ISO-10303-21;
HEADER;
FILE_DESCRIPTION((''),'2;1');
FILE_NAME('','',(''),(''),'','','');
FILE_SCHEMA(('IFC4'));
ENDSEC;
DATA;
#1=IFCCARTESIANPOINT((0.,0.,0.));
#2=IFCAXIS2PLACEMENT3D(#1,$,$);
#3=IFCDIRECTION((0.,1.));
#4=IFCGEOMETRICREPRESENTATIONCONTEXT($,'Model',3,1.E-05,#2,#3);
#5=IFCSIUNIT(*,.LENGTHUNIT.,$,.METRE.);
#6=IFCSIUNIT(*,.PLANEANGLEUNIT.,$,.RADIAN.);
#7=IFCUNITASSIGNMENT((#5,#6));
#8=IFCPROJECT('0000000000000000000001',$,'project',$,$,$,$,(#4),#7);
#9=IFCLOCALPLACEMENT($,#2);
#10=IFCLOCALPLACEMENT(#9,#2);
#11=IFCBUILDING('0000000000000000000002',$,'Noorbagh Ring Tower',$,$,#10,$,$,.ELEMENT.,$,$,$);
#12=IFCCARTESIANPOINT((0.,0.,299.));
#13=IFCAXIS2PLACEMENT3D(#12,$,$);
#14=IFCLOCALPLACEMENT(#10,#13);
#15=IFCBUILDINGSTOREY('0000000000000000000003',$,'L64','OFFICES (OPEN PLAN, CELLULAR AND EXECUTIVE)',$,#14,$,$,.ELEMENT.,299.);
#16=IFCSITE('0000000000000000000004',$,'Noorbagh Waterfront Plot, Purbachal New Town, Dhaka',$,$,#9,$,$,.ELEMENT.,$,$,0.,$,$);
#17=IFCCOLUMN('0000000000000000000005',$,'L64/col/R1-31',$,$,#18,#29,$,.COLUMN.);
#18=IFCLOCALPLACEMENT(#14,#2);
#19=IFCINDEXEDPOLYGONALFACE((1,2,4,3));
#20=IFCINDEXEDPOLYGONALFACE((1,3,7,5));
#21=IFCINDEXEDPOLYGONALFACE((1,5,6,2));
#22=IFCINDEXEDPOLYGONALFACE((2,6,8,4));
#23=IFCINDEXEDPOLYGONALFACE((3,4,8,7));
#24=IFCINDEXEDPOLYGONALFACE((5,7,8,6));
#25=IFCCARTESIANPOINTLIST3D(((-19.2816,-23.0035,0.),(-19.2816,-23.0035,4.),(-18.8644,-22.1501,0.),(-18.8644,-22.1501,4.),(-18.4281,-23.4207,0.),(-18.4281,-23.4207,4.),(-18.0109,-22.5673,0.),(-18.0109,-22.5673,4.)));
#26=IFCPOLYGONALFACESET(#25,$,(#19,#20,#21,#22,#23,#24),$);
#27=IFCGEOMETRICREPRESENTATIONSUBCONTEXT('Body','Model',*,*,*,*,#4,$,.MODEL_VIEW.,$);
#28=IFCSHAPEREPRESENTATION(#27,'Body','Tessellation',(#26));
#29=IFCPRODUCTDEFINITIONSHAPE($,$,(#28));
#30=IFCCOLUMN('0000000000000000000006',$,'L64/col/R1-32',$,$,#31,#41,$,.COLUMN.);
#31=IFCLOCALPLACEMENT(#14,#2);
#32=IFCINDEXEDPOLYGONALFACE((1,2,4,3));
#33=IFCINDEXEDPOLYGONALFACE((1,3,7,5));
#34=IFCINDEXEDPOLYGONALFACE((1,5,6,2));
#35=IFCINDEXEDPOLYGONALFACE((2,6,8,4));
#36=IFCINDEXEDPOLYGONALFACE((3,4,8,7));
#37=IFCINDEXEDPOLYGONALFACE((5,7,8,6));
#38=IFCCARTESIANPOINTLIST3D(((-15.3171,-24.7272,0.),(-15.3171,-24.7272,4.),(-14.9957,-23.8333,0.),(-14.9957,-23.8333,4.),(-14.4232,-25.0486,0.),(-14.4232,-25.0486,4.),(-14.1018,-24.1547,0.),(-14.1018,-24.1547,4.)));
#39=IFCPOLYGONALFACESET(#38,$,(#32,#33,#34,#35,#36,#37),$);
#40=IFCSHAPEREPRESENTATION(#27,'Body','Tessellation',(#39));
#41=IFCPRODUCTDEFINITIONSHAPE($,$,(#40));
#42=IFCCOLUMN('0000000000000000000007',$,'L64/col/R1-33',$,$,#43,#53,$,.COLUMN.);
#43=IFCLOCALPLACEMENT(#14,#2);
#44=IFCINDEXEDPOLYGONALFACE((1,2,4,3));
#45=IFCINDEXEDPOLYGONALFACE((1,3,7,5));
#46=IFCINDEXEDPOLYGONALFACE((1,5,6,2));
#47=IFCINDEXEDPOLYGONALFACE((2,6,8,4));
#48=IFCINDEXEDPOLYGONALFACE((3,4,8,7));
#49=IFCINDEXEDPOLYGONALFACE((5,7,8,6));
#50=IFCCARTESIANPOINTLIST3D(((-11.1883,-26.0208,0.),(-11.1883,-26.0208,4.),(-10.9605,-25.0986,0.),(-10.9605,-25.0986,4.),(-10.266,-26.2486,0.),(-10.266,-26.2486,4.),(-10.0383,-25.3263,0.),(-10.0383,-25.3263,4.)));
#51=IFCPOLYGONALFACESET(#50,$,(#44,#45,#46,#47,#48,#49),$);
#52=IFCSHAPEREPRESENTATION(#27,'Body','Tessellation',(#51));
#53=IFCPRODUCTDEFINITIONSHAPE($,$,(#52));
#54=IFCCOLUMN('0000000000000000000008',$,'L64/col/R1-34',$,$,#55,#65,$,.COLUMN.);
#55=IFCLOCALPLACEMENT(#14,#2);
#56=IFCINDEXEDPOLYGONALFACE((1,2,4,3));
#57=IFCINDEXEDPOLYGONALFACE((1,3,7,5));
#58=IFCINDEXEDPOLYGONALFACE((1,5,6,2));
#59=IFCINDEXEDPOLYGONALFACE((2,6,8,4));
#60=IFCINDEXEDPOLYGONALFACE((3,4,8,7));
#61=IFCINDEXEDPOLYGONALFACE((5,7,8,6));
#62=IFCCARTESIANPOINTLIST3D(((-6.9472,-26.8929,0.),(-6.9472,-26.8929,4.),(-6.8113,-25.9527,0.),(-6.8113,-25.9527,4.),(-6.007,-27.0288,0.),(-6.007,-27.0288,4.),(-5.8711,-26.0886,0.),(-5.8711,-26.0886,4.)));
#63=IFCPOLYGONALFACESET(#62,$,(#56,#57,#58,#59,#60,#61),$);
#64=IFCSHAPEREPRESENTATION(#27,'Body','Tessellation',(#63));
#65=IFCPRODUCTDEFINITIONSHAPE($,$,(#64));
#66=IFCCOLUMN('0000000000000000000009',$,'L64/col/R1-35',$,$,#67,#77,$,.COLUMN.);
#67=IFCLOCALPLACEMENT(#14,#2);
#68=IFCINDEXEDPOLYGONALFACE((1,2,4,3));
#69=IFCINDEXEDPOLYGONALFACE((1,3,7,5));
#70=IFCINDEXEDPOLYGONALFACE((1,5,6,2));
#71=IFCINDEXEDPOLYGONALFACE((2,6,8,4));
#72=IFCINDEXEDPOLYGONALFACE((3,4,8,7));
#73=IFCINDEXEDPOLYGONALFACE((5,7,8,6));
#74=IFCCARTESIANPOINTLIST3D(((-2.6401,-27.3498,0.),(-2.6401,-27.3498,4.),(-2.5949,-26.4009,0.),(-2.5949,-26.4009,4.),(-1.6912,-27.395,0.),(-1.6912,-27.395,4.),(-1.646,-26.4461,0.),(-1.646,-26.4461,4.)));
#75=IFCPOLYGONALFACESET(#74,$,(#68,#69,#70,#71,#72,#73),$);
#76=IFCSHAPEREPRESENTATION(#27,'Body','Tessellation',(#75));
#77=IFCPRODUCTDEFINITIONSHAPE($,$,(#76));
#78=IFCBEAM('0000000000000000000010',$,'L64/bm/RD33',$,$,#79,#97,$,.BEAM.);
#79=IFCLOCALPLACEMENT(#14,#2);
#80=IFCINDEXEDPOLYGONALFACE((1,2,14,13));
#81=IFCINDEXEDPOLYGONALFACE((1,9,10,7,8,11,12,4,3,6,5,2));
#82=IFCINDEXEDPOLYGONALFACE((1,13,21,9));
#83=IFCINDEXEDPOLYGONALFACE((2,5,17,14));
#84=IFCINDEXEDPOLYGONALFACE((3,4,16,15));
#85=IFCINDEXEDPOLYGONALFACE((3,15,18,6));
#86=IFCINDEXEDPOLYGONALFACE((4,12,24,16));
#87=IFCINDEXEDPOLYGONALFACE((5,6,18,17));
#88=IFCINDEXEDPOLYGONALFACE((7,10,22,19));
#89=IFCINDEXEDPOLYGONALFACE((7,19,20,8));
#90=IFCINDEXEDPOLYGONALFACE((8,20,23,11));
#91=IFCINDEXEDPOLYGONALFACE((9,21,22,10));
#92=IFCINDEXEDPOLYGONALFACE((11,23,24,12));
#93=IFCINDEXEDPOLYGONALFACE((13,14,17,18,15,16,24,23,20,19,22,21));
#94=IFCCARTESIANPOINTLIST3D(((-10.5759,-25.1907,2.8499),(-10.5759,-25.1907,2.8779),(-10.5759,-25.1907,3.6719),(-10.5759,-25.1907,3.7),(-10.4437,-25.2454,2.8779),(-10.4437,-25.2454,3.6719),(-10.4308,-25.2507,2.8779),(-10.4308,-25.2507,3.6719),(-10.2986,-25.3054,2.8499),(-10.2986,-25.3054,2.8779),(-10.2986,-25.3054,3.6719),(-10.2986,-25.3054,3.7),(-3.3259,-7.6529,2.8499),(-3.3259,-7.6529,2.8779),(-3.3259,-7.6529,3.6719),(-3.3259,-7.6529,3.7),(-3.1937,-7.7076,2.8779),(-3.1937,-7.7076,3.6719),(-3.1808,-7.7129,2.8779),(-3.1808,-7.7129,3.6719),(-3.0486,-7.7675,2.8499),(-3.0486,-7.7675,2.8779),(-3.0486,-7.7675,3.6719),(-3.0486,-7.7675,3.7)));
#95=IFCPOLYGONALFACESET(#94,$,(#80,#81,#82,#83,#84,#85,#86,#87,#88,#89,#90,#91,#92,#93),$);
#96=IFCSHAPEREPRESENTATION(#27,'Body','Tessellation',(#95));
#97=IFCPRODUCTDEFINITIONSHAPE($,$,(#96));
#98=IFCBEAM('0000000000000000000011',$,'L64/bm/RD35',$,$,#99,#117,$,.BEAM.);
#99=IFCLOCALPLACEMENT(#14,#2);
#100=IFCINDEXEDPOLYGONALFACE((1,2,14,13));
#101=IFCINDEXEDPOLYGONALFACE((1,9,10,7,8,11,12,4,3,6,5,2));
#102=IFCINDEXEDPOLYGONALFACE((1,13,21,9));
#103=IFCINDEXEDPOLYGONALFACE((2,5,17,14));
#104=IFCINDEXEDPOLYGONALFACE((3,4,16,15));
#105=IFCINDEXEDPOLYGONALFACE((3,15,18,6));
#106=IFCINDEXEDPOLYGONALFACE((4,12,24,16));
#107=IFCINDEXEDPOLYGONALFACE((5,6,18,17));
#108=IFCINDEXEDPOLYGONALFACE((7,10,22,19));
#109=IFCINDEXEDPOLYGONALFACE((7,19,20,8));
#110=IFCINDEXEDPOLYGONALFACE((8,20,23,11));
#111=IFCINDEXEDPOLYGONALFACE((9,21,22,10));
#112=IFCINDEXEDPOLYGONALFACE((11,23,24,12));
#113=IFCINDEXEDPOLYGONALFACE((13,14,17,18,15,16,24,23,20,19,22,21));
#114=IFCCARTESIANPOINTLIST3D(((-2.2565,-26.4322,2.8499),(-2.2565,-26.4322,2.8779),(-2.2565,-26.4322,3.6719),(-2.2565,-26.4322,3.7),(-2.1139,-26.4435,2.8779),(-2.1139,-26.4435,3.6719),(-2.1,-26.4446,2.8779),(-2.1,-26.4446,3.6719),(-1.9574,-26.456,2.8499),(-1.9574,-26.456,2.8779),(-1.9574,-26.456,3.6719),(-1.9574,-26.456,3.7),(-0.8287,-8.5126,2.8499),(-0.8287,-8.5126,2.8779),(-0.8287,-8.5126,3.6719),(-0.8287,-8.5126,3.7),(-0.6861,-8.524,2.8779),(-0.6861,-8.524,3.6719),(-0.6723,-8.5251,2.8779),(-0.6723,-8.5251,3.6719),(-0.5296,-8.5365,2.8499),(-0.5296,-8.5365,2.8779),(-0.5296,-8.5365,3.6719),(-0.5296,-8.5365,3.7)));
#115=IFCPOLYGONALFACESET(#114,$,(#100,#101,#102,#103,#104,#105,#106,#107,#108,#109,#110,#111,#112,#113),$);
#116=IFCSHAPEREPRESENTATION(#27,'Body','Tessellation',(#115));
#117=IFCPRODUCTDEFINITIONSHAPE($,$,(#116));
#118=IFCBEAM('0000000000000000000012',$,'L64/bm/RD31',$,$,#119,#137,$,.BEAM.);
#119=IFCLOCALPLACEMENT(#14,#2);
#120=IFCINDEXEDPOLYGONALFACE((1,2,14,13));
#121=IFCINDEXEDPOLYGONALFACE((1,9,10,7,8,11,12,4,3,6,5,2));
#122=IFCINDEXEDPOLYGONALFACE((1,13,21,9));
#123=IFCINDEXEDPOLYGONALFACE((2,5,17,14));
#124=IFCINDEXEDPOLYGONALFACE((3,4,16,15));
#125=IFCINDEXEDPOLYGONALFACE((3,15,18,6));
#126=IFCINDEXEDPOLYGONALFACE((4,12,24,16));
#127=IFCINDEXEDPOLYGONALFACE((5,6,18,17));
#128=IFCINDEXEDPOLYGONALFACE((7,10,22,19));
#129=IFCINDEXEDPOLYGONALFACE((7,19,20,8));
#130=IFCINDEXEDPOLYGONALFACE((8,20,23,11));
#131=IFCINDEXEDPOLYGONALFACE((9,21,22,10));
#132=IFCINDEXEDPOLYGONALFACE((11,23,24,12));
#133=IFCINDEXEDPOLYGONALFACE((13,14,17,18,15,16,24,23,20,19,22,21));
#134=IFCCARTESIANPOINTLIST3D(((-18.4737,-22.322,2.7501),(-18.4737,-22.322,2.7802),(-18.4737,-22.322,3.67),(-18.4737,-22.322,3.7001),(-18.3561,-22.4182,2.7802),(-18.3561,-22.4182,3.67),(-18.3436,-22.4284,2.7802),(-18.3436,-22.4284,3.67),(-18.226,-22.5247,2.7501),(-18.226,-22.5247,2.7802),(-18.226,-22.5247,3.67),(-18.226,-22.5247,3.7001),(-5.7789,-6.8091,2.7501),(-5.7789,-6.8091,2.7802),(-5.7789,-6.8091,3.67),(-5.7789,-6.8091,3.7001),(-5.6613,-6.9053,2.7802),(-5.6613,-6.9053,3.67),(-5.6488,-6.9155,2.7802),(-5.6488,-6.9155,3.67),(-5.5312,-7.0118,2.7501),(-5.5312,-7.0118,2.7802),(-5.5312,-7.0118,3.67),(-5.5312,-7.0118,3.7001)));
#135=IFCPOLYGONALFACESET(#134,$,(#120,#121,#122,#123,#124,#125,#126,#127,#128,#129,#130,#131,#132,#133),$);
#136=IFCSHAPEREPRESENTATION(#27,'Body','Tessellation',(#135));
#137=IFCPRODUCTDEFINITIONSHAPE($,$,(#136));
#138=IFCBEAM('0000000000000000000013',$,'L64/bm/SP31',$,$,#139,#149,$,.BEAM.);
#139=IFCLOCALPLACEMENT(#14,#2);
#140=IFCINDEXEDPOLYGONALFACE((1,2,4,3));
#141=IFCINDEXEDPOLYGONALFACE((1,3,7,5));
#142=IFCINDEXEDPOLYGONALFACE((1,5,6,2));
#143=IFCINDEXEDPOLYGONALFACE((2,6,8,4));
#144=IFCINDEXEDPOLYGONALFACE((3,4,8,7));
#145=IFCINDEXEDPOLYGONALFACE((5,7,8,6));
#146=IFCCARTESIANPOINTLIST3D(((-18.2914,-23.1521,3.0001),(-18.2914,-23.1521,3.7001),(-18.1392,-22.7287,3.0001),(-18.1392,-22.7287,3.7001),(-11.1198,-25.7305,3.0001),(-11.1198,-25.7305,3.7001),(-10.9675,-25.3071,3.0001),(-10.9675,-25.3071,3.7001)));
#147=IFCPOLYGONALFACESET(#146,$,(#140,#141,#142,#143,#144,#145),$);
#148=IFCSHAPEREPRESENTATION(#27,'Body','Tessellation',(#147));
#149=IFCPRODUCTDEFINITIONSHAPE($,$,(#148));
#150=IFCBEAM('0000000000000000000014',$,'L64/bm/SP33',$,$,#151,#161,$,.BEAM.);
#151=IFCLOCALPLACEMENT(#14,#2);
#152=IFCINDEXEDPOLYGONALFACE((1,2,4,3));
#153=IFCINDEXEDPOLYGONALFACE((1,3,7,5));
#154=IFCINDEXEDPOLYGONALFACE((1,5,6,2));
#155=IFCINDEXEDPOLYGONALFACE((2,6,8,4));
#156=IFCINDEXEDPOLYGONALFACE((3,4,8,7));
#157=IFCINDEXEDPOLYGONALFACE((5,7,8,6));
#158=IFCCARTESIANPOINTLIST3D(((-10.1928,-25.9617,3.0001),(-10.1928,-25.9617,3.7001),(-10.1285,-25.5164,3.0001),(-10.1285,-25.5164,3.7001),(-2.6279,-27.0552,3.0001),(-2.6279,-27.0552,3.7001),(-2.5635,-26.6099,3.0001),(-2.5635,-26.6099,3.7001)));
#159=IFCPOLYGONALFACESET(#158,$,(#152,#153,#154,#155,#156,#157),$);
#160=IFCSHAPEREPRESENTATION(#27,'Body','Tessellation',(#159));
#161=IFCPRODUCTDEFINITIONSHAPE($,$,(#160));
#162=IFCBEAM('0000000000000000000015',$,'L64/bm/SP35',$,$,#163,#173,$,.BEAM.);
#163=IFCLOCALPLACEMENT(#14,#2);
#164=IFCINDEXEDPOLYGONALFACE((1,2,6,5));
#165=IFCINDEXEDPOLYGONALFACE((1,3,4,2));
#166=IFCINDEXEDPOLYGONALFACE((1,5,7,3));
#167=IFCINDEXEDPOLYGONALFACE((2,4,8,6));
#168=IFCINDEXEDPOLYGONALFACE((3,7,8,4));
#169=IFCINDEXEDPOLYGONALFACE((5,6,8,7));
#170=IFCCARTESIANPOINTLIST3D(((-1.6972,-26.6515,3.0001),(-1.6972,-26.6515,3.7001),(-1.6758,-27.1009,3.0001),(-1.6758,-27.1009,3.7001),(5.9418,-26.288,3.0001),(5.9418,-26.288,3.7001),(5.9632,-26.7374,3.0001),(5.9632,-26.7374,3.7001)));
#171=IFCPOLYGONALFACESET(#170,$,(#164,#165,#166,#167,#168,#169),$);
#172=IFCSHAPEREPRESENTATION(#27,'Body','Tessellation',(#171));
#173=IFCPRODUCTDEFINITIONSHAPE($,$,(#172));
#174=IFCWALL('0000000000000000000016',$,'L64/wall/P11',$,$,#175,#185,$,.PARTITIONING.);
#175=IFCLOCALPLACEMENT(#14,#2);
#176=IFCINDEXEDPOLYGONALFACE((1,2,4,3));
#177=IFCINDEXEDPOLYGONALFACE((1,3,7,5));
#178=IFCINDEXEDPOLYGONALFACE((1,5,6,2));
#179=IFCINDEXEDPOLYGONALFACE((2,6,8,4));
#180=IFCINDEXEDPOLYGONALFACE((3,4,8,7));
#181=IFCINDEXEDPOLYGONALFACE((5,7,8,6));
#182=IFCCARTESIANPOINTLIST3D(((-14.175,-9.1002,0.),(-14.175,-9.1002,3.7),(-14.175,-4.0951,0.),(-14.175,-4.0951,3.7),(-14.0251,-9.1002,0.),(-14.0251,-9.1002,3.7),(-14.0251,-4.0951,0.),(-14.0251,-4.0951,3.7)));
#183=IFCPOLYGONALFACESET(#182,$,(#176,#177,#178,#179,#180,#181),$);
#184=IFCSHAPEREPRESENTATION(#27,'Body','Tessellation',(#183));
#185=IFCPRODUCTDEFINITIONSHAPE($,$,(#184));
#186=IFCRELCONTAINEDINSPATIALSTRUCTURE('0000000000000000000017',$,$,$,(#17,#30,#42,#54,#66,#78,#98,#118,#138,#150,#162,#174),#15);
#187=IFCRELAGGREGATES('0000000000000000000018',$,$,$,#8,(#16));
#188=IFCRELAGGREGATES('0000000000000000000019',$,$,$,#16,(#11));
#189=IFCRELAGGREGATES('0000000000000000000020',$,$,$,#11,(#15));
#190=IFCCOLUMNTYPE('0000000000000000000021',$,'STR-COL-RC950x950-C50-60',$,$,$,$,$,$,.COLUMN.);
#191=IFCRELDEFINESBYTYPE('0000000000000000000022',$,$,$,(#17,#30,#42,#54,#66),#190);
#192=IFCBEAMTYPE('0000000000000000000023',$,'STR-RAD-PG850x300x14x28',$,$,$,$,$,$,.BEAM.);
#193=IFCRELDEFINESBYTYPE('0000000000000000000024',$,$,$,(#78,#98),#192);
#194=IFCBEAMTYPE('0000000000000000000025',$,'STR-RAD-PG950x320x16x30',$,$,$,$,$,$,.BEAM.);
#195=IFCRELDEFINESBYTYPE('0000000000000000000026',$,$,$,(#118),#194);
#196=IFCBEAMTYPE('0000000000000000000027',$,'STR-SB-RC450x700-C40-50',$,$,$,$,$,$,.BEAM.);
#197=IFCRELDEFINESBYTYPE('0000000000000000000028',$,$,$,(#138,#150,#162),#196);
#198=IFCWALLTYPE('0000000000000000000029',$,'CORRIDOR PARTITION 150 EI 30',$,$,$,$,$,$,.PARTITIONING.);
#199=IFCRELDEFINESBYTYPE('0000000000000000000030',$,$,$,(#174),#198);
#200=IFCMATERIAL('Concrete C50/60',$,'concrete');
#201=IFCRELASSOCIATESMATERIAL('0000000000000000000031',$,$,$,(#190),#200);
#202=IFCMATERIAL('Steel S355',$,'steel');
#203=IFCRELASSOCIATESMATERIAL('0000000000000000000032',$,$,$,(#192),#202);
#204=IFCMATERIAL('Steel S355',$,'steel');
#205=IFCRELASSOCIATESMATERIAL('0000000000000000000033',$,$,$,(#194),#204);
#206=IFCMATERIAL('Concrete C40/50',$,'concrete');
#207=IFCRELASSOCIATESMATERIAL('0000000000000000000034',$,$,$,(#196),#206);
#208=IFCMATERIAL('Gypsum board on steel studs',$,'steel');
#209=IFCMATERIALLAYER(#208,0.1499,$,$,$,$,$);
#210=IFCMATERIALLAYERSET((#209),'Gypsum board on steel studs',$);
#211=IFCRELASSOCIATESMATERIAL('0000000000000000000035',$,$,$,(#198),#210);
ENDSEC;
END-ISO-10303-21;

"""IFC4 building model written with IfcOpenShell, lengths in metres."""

from ifc_helpers import new_model, si_unit, direction, frame, frame_2d, origin, origin_2d, place, context, subcontext, project, spatial, rectangle, i_section, extrude, material, layer, layer_set, material_profile, profile_set, type_object, element, save


model = new_model("IFC4")

# Units and contexts
model_context = context("Model", 3, precision=1e-05, world=origin(), true_north=direction((0.0, 1.0)))
body_context = subcontext(model_context, "Body", "Model", "MODEL_VIEW")
ifc_project = project(units=[si_unit("LENGTHUNIT", "METRE"), si_unit("PLANEANGLEUNIT", "RADIAN")], contexts=[model_context])

# Site, building, storey
site_placement = place(None, origin())
site = spatial("IfcSite", under=ifc_project, at=site_placement, Name="Noorbagh Waterfront Plot, Purbachal New Town, Dhaka", CompositionType="ELEMENT", RefElevation=0.0)
building_placement = place(site_placement, origin())
building = spatial("IfcBuilding", under=site, at=building_placement, Name="Noorbagh Ring Tower", CompositionType="ELEMENT")
storey_placement = place(building_placement, frame((0.0, 0.0, 299.0)))
storey = spatial("IfcBuildingStorey", under=building, at=storey_placement, Name="L64", Description="OFFICES (OPEN PLAN, CELLULAR AND EXECUTIVE)", CompositionType="ELEMENT", Elevation=299.0)

# Columns
ifc_material_1 = material(Name="Concrete C50/60", Category="concrete")
ifc_material_profile_1 = material_profile(ifc_material_1, rectangle(XDim=0.95, YDim=0.95, at=origin_2d()), Name="RC950x950")
ifc_profile_set_1 = profile_set([ifc_material_profile_1], Name="Concrete C50/60")
column_type = type_object("IfcColumnType", Name="STR-COL-RC950x950-C50-60", PredefinedType="COLUMN", material=ifc_profile_set_1)
for number, where, z_axis, x_axis, name in (
    (1, (-18.6462, -22.7854, 0.0), (0.0, 0.0, 1.0), (0.898399, -0.43918, 0.0), "L64/col/R1-31"),
    (2, (-14.7095, -24.4409, 0.0), (0.0, 0.0, 1.0), (0.941025, -0.338338, 0.0), "L64/col/R1-32"),
    (3, (-10.6133, -25.6736, 0.0), (0.0, 0.0, 1.0), (0.970829, -0.239771, 0.0), "L64/col/R1-33"),
    (4, (-6.4092, -26.4907, 0.0), (0.0, 0.0, 1.0), (0.989713, -0.143066, 0.0), "L64/col/R1-34"),
    (5, (-2.1431, -26.8979, 0.0), (0.0, 0.0, 1.0), (0.998869, -0.047553, 0.0), "L64/col/R1-35"),
):
    element("IfcColumn", number, at=place(storey_placement, frame(where, z_axis=z_axis, x_axis=x_axis)), inside=storey, type_object=column_type, Name=name, PredefinedType="COLUMN", context=body_context, shape_type="SweptSolid", body=[
        extrude(rectangle(XDim=0.95, YDim=0.95, at=origin_2d()), origin(), (0.0, 0.0, 1.0), 4.0),
    ])

# Beams
ifc_material_2 = material(Name="Steel S355", Category="steel")
ifc_material_profile_2 = material_profile(ifc_material_2, i_section(OverallWidth=0.3, OverallDepth=0.8501, WebThickness=0.0139, FlangeThickness=0.0281, at=origin_2d()), Name="PG850x300x14x28")
ifc_profile_set_2 = profile_set([ifc_material_profile_2], Name="Steel S355")
beam_type_1 = type_object("IfcBeamType", Name="STR-RAD-PG850x300x14x28", PredefinedType="BEAM", material=ifc_profile_set_2)
beam_1_placement = place(storey_placement, frame((-10.4373, -25.248, 3.2749), z_axis=(0.382035, 0.924148, 0.0), x_axis=(-0.924148, 0.382035, 0.0)))
element("IfcBeam", 6, at=beam_1_placement, inside=storey, type_object=beam_type_1, Name="L64/bm/RD33", PredefinedType="BEAM", context=body_context, shape_type="SweptSolid", body=[
    extrude(i_section(OverallWidth=0.3, OverallDepth=0.8501, WebThickness=0.0139, FlangeThickness=0.0281, at=origin_2d()), origin(), (0.0, 0.0, 1.0), 18.9773),
])
beam_2_placement = place(storey_placement, frame((-2.1069, -26.4441, 3.2749), z_axis=(0.079423, 0.996841, 0.0), x_axis=(-0.996841, 0.079423, 0.0)))
element("IfcBeam", 7, at=beam_2_placement, inside=storey, type_object=beam_type_1, Name="L64/bm/RD35", PredefinedType="BEAM", context=body_context, shape_type="SweptSolid", body=[
    extrude(i_section(OverallWidth=0.3, OverallDepth=0.8501, WebThickness=0.0139, FlangeThickness=0.0281, at=origin_2d()), origin(), (0.0, 0.0, 1.0), 17.9763),
])
ifc_material_3 = material(Name="Steel S355", Category="steel")
ifc_material_profile_3 = material_profile(ifc_material_3, i_section(OverallWidth=0.3201, OverallDepth=0.95, WebThickness=0.0161, FlangeThickness=0.03, at=origin_2d()), Name="PG950x320x16x30")
ifc_profile_set_3 = profile_set([ifc_material_profile_3], Name="Steel S355")
beam_type_2 = type_object("IfcBeamType", Name="STR-RAD-PG950x320x16x30", PredefinedType="BEAM", material=ifc_profile_set_3)
beam_3_placement = place(storey_placement, frame((-18.3499, -22.4233, 3.2251), z_axis=(0.63331, 0.773898, 0.0), x_axis=(-0.773898, 0.63331, 0.0)))
element("IfcBeam", 8, at=beam_3_placement, inside=storey, type_object=beam_type_2, Name="L64/bm/RD31", PredefinedType="BEAM", context=body_context, shape_type="SweptSolid", body=[
    extrude(i_section(OverallWidth=0.3201, OverallDepth=0.95, WebThickness=0.0161, FlangeThickness=0.03, at=origin_2d()), origin(), (0.0, 0.0, 1.0), 20.0452),
])
ifc_material_4 = material(Name="Concrete C40/50", Category="concrete")
ifc_material_profile_4 = material_profile(ifc_material_4, rectangle(XDim=0.45, YDim=0.7, at=origin_2d()), Name="RC450x700")
ifc_profile_set_4 = profile_set([ifc_material_profile_4], Name="Concrete C40/50")
beam_type_3 = type_object("IfcBeamType", Name="STR-SB-RC450x700-C40-50", PredefinedType="BEAM", material=ifc_profile_set_4)
beam_4_placement = place(storey_placement, frame((-18.2153, -22.9404, 3.3501), z_axis=(0.94103, -0.338322, 0.0), x_axis=(0.338322, 0.94103, 0.0)))
element("IfcBeam", 9, at=beam_4_placement, inside=storey, type_object=beam_type_3, Name="L64/bm/SP31", PredefinedType="BEAM", context=body_context, shape_type="SweptSolid", body=[
    extrude(rectangle(XDim=0.45, YDim=0.7, at=origin_2d()), origin(), (0.0, 0.0, 1.0), 7.6211),
])
beam_5_placement = place(storey_placement, frame((-10.1606, -25.739, 3.3501), z_axis=(0.989714, -0.143062, 0.0), x_axis=(0.143062, 0.989714, 0.0)))
element("IfcBeam", 10, at=beam_5_placement, inside=storey, type_object=beam_type_3, Name="L64/bm/SP33", PredefinedType="BEAM", context=body_context, shape_type="SweptSolid", body=[
    extrude(rectangle(XDim=0.45, YDim=0.7, at=origin_2d()), origin(), (0.0, 0.0, 1.0), 7.6436),
])
beam_6_placement = place(storey_placement, frame((-1.6865, -26.8762, 3.3501), z_axis=(0.99887, 0.047533, 0.0), x_axis=(-0.047533, 0.99887, 0.0)))
element("IfcBeam", 11, at=beam_6_placement, inside=storey, type_object=beam_type_3, Name="L64/bm/SP35", PredefinedType="BEAM", context=body_context, shape_type="SweptSolid", body=[
    extrude(rectangle(XDim=0.45, YDim=0.7, at=origin_2d()), origin(), (0.0, 0.0, 1.0), 7.6477),
])

# Wall
ifc_material_5 = material(Name="Gypsum board on steel studs", Category="steel")
ifc_layer_1 = layer(ifc_material_5, 0.1499)
ifc_layer_set_1 = layer_set([ifc_layer_1], Name="Gypsum board on steel studs")
wall_type_1 = type_object("IfcWallType", Name="CORRIDOR PARTITION 150 EI 30", PredefinedType="PARTITIONING", material=ifc_layer_set_1)
wall_1_placement = place(storey_placement, frame((-14.1001, -9.1001, 0.0), z_axis=(0.0, 0.0, 1.0), x_axis=(0.0, 1.0, 0.0)))
element("IfcWall", 12, at=wall_1_placement, inside=storey, type_object=wall_type_1, Name="L64/wall/P11", PredefinedType="PARTITIONING", context=body_context, shape_type="SweptSolid", body=[
    extrude(rectangle(XDim=5.0051, YDim=0.1499, at=frame_2d((2.5024, 0.0))), origin(), (0.0, 0.0, 1.0), 3.7),
])

save(model, "model.ifc")
